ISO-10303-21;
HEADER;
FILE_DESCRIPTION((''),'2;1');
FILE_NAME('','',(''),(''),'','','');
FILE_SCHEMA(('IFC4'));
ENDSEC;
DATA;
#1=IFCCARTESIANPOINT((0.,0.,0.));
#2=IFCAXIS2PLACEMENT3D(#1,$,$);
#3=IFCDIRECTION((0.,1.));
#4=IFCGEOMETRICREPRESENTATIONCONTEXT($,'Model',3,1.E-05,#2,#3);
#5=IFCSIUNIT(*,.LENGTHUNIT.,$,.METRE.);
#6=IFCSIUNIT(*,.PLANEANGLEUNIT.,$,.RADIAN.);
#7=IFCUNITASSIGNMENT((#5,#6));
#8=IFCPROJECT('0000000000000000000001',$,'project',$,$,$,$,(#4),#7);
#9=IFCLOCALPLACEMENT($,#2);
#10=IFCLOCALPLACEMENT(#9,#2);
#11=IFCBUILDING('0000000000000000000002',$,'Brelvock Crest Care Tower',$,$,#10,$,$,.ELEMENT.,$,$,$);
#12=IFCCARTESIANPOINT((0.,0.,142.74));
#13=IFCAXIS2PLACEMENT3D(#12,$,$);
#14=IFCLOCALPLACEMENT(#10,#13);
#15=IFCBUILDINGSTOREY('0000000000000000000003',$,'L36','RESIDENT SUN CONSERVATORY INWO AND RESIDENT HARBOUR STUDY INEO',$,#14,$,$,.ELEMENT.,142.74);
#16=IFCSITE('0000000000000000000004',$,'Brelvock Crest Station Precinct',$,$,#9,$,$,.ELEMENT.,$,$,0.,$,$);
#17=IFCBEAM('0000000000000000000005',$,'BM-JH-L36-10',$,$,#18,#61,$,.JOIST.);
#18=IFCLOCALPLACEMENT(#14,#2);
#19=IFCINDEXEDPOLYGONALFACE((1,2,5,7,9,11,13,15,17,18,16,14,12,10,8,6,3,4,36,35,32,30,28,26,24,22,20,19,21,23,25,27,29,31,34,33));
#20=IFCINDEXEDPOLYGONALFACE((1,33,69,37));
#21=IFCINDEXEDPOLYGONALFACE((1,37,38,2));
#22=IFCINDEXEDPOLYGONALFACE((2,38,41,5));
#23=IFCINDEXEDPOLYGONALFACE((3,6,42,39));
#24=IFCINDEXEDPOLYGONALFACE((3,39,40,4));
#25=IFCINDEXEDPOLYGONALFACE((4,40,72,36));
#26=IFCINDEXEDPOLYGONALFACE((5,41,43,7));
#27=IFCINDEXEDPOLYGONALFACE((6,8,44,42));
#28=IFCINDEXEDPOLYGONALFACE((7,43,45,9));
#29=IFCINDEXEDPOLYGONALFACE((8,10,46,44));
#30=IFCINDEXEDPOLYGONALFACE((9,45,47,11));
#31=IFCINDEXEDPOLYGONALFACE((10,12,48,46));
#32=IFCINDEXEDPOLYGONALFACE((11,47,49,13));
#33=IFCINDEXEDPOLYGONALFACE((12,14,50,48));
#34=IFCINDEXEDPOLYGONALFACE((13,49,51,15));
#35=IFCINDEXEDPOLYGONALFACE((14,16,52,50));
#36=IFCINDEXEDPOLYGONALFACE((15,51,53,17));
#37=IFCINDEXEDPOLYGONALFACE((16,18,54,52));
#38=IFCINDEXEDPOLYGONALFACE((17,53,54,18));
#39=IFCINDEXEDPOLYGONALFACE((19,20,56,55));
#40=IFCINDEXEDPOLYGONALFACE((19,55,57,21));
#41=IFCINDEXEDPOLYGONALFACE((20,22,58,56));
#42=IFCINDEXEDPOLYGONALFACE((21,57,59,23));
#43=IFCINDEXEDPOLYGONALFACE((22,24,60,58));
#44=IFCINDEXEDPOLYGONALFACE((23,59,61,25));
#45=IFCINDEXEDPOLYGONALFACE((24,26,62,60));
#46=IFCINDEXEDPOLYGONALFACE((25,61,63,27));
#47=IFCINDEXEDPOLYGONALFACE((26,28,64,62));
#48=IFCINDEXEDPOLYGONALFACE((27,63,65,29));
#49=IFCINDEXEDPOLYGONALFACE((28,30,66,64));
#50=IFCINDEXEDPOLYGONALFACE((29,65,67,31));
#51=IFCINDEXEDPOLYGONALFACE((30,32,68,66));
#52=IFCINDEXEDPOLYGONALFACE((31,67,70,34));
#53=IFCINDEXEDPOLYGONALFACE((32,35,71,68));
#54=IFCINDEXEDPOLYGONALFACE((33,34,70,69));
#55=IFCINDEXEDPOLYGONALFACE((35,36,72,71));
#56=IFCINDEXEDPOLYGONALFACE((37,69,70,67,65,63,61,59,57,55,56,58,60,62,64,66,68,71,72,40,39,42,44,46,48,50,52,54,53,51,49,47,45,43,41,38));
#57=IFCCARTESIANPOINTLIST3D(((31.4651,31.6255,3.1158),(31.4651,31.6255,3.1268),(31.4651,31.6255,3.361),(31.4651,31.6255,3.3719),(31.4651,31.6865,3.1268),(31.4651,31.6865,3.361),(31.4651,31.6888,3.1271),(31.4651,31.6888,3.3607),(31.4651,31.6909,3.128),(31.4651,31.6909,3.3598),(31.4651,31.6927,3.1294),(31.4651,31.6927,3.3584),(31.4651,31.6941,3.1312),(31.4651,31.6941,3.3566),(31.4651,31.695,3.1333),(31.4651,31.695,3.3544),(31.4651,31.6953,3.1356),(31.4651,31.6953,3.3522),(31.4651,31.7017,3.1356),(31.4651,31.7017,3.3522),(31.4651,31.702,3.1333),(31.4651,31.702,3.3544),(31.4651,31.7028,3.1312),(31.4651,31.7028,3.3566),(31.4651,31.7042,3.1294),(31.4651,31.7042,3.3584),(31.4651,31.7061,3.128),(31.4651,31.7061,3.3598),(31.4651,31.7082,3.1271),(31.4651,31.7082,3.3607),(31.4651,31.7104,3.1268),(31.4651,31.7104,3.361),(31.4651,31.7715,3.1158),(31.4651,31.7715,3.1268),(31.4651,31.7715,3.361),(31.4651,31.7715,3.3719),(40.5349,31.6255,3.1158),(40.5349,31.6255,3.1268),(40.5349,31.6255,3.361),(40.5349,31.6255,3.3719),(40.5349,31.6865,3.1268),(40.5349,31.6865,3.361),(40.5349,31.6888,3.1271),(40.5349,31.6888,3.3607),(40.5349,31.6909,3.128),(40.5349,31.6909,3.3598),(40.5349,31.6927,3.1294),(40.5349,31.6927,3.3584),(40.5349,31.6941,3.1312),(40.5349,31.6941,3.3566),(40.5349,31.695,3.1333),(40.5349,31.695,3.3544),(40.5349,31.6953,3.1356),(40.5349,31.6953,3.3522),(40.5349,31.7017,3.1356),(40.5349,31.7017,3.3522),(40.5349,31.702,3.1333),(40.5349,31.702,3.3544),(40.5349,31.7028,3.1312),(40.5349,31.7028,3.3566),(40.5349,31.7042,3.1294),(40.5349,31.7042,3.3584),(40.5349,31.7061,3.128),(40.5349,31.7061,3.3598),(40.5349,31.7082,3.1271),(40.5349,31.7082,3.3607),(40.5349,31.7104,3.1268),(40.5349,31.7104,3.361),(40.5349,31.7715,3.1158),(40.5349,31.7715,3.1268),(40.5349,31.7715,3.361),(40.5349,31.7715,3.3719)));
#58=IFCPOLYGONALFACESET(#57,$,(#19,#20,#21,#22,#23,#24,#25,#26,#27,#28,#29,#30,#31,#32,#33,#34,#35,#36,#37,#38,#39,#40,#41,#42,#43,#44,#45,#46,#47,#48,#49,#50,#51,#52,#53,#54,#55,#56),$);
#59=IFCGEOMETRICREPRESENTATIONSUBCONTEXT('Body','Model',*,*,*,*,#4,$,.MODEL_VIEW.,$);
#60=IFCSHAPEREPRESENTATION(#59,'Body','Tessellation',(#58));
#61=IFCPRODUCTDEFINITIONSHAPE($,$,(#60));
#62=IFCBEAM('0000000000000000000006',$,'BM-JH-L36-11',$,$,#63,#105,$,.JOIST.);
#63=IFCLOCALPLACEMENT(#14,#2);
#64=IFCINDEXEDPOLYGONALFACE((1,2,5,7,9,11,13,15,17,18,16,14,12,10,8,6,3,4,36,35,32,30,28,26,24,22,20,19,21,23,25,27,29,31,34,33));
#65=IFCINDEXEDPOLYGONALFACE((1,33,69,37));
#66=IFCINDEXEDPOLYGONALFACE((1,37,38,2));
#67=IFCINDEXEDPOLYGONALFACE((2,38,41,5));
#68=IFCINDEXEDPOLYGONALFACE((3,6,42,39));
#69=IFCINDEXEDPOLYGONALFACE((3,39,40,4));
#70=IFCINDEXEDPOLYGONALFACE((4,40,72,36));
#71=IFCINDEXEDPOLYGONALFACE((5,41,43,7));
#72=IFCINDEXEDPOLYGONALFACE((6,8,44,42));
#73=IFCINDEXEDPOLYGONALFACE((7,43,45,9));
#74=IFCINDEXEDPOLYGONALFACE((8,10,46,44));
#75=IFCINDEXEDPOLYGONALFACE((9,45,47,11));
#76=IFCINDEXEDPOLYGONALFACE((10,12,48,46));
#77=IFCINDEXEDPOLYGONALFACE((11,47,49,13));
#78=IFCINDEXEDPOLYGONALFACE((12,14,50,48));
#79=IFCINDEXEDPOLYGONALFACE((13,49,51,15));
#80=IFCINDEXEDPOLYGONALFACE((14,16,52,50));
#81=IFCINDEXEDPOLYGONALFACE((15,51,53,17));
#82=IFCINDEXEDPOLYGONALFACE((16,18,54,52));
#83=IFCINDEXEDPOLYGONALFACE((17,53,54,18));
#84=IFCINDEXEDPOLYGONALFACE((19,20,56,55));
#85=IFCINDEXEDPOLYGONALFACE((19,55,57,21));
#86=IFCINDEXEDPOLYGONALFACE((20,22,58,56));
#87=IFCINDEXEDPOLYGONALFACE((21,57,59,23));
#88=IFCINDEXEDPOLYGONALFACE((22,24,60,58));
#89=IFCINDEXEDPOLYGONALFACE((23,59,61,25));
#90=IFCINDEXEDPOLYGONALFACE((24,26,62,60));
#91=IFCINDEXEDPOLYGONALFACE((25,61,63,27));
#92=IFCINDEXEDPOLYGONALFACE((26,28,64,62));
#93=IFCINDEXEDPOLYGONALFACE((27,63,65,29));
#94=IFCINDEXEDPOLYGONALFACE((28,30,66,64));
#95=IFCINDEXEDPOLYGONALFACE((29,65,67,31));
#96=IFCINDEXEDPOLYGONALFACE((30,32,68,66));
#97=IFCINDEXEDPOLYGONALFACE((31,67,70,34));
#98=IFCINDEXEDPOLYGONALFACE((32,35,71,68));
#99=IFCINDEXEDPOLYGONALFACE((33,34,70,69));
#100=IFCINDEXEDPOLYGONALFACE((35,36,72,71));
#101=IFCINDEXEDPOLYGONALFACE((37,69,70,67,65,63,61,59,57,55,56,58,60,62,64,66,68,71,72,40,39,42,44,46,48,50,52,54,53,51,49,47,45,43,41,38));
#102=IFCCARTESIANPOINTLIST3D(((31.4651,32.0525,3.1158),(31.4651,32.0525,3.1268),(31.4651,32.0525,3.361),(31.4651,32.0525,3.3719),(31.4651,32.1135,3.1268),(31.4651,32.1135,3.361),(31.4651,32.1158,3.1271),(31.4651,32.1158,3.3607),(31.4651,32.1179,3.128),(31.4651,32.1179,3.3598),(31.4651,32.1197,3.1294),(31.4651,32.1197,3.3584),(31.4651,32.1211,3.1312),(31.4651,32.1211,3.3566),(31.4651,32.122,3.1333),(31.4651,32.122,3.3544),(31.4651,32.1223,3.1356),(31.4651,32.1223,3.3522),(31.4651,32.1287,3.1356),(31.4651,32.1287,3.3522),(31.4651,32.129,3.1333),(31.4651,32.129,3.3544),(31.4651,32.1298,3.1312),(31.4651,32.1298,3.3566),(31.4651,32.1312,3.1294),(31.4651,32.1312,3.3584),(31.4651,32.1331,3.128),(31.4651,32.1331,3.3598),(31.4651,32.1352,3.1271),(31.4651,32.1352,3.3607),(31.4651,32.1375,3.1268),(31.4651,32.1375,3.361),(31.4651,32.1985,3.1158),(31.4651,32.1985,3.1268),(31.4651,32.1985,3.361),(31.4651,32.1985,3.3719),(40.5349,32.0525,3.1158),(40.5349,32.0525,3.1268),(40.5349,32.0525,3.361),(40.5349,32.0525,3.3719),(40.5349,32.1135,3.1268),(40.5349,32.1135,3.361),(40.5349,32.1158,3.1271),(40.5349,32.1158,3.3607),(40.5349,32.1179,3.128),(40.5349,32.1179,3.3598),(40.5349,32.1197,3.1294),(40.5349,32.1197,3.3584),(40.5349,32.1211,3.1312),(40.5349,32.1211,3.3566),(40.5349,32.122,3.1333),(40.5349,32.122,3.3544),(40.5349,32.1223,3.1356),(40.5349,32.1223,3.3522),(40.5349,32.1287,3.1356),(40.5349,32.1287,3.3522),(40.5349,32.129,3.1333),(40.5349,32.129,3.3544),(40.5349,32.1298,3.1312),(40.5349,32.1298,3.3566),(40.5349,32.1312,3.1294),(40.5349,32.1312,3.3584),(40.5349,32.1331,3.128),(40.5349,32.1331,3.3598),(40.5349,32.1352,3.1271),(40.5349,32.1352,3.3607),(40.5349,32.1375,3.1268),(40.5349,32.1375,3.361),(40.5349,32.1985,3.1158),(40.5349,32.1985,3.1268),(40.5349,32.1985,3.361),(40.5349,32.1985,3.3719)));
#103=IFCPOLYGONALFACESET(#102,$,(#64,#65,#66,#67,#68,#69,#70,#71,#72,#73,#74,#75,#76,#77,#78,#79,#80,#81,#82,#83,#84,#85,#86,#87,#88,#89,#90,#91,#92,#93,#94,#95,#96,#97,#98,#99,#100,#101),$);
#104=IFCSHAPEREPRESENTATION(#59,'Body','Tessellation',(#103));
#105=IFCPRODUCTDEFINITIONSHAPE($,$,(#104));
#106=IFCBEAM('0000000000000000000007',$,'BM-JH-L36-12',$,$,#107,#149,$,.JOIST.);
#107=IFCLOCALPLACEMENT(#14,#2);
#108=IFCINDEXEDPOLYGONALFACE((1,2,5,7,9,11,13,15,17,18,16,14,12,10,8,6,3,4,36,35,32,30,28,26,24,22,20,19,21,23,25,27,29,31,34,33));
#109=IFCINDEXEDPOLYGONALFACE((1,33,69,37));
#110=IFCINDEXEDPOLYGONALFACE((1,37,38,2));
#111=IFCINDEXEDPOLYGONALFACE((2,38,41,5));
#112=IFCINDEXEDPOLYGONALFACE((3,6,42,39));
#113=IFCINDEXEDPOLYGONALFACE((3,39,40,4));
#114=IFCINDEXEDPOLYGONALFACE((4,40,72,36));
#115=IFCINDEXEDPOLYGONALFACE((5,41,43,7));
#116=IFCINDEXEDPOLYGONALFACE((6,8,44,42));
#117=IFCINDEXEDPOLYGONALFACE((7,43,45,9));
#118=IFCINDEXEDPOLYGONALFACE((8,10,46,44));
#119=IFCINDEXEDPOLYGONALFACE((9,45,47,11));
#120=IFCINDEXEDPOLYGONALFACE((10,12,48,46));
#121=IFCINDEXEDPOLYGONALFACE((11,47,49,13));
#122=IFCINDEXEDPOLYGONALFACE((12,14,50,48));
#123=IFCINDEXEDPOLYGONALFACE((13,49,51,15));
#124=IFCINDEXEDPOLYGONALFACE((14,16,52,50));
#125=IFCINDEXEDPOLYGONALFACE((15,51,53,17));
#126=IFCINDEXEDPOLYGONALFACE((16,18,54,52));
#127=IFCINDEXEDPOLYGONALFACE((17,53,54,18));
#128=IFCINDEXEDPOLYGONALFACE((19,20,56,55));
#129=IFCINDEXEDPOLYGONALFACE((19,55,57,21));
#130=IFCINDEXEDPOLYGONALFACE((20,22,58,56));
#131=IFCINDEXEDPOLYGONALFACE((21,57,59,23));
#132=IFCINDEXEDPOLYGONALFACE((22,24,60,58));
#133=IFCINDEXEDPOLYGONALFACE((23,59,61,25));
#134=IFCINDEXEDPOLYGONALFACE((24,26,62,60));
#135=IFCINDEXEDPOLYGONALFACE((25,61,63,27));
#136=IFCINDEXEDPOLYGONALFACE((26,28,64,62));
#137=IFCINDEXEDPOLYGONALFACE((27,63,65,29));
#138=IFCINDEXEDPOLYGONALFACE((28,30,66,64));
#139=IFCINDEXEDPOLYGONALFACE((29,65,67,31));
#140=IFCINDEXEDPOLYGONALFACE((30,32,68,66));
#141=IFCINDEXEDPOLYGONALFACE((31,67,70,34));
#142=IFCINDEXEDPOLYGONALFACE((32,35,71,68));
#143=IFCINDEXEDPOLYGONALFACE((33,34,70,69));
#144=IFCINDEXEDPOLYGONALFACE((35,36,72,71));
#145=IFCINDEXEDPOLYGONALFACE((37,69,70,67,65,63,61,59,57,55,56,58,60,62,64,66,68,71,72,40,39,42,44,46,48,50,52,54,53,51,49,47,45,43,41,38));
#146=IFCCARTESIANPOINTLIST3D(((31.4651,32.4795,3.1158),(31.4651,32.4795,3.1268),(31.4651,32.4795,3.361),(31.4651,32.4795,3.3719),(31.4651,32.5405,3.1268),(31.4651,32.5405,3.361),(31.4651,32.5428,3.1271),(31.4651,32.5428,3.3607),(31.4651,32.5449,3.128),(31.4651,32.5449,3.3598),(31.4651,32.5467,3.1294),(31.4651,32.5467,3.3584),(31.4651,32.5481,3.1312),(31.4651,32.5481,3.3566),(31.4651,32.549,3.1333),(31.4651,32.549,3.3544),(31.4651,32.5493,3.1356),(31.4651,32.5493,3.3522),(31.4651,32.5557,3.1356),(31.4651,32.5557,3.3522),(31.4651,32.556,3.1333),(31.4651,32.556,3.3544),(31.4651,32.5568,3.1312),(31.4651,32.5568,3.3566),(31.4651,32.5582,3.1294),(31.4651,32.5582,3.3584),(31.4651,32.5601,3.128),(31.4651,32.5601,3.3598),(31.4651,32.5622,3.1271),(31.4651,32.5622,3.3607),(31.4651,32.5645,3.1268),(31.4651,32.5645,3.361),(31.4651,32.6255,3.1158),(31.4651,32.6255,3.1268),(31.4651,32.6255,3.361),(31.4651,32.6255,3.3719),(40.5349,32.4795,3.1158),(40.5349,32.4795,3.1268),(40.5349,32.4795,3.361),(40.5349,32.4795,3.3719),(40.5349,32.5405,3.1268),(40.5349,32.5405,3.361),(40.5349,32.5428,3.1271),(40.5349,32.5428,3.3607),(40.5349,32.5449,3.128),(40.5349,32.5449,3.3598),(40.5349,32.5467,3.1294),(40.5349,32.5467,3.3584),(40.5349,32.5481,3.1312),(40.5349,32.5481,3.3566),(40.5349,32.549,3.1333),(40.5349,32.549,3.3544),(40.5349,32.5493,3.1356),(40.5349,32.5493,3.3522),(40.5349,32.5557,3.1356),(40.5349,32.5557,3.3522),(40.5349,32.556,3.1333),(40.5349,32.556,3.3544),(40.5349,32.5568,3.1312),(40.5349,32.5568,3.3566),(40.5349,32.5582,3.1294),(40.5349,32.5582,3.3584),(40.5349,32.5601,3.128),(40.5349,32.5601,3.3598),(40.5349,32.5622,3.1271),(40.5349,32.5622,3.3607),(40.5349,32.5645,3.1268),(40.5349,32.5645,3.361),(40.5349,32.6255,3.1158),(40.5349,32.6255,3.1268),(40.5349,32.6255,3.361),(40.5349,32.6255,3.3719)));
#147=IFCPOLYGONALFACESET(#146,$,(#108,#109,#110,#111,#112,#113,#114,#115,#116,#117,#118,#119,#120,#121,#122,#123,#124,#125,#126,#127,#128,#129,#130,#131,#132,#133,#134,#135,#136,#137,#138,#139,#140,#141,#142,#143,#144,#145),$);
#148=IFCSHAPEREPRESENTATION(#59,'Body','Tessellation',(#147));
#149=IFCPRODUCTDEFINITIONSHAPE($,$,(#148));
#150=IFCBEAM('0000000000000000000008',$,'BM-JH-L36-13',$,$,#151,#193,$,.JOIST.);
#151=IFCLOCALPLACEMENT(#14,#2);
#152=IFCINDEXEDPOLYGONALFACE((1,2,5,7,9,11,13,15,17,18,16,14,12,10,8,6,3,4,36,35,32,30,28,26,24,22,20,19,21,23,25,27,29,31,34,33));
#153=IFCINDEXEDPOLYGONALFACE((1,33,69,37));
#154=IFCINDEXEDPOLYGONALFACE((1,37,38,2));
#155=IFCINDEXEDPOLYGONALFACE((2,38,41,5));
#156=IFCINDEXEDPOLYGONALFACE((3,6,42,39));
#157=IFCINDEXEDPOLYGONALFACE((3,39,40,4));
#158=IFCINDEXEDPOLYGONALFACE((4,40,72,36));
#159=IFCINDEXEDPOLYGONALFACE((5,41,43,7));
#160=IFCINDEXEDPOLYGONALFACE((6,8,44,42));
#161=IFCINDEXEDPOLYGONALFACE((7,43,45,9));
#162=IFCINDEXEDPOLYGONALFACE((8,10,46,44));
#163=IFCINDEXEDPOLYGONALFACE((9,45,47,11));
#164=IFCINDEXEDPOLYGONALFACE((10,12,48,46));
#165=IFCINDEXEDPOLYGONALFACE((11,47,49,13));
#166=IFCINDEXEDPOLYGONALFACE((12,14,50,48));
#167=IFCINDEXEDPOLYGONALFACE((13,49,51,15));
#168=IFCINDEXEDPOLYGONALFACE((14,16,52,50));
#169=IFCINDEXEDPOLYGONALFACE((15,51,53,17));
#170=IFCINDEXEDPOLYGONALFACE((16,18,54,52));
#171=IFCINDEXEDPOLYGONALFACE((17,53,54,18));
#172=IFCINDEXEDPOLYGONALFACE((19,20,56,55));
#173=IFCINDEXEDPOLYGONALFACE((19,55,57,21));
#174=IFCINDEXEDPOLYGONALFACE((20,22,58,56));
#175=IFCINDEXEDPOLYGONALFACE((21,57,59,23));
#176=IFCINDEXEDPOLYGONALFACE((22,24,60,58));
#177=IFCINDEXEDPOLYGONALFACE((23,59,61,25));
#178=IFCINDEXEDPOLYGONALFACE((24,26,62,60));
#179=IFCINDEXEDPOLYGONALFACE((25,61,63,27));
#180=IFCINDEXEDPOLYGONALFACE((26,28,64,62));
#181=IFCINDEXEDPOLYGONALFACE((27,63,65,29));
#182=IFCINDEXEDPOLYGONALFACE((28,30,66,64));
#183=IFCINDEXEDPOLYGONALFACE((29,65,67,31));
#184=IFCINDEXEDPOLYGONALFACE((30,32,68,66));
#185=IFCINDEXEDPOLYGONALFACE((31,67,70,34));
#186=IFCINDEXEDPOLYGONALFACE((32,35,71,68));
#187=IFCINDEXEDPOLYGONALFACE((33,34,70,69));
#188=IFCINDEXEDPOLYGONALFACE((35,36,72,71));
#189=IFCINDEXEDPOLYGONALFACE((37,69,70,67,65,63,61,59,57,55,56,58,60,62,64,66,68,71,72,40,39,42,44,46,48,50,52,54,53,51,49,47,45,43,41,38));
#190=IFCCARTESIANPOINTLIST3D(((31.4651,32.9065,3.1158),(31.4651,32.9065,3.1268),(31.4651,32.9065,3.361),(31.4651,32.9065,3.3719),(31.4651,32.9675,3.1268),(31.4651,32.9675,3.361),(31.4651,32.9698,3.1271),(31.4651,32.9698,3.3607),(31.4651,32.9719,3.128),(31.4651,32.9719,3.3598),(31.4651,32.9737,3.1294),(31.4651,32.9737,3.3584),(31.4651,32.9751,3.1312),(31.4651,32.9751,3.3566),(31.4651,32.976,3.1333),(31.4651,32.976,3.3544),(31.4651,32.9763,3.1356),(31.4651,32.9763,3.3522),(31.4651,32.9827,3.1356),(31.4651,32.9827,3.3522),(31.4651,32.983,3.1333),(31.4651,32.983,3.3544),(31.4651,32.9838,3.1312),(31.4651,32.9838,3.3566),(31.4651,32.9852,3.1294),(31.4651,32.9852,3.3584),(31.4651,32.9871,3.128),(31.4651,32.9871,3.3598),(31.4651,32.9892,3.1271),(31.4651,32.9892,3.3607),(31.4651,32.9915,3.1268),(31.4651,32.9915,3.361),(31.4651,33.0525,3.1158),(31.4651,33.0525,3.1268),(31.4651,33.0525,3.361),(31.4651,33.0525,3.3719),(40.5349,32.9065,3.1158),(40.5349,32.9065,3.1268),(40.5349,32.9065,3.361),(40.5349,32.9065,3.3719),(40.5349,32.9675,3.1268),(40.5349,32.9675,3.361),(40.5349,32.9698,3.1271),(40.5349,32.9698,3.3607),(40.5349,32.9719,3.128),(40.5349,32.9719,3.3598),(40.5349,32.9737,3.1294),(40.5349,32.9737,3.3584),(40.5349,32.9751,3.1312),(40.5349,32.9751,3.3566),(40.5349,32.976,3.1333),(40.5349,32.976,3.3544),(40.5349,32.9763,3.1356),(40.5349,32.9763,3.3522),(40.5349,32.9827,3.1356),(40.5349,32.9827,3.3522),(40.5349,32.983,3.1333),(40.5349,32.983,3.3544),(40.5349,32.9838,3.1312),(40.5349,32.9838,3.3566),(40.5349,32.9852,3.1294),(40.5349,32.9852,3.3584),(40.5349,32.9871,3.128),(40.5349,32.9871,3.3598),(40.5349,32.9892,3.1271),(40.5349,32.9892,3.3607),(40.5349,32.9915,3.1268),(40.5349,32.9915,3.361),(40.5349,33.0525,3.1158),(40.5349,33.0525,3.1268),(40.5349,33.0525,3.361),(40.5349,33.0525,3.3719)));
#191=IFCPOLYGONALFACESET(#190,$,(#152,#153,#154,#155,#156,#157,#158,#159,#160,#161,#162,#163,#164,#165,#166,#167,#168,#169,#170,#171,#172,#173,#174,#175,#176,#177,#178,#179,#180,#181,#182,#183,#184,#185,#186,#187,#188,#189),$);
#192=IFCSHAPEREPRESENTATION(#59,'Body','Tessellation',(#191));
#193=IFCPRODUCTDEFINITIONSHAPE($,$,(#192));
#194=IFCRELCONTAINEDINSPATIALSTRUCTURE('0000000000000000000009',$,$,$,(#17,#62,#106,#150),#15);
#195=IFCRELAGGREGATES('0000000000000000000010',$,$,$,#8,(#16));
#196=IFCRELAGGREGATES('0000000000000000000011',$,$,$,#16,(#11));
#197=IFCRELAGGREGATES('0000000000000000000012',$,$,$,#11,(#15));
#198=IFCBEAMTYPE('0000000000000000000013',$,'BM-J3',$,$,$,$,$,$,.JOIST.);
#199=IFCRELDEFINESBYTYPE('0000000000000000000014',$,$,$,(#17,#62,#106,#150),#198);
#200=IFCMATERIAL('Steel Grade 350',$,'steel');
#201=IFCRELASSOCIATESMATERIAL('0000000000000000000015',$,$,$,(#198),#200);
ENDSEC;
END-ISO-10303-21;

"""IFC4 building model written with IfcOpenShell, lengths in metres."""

from ifc_helpers import new_model, si_unit, direction, frame, origin, origin_2d, place, context, subcontext, project, spatial, i_section, extrude, source, transform, mapped, material, material_profile, profile_set, type_object, element, save


model = new_model("IFC4")

# Units and contexts
model_context = context("Model", 3, precision=1e-05, world=origin(), true_north=direction((0.0, 1.0)))
body_context = subcontext(model_context, "Body", "Model", "MODEL_VIEW")
ifc_project = project(units=[si_unit("LENGTHUNIT", "METRE"), si_unit("PLANEANGLEUNIT", "RADIAN")], contexts=[model_context])

# Site, building, storey
site_placement = place(None, origin())
site = spatial("IfcSite", under=ifc_project, at=site_placement, Name="Brelvock Crest Station Precinct", CompositionType="ELEMENT", RefElevation=0.0)
building_placement = place(site_placement, origin())
building = spatial("IfcBuilding", under=site, at=building_placement, Name="Brelvock Crest Care Tower", CompositionType="ELEMENT")
storey_placement = place(building_placement, frame((0.0, 0.0, 142.74)))
storey = spatial("IfcBuildingStorey", under=building, at=storey_placement, Name="L36", Description="RESIDENT SUN CONSERVATORY INWO AND RESIDENT HARBOUR STUDY INEO", CompositionType="ELEMENT", Elevation=142.74)

# Beams
ifc_material_1 = material(Name="Steel Grade 350", Category="steel")
ifc_material_profile_1 = material_profile(ifc_material_1, i_section(OverallWidth=0.146, OverallDepth=0.2561, WebThickness=0.0063, FlangeThickness=0.011, FilletRadius=0.0088, at=origin_2d()), Name="250UB37.3")
ifc_profile_set_1 = profile_set([ifc_material_profile_1], Name="Steel Grade 350")
beam_type_1 = type_object("IfcBeamType", Name="BM-J3", PredefinedType="JOIST", material=ifc_profile_set_1)
shared_shape_1 = source(origin(), body_context, "Body", "SweptSolid", [
    extrude(i_section(OverallWidth=0.146, OverallDepth=0.2561, WebThickness=0.0063, FlangeThickness=0.011, FilletRadius=0.0088, at=origin_2d()), origin(), (0.0, 0.0, 1.0), 9.0698),
])
for number, where, z_axis, x_axis, name in (
    (1, (31.4651, 31.6985, 3.2439), (1.0, 0.0, 0.0), (0.0, 1.0, 0.0), "BM-JH-L36-10"),
    (2, (31.4651, 32.1255, 3.2439), (1.0, 0.0, 0.0), (0.0, 1.0, 0.0), "BM-JH-L36-11"),
    (3, (31.4651, 32.5525, 3.2439), (1.0, 0.0, 0.0), (0.0, 1.0, 0.0), "BM-JH-L36-12"),
    (4, (31.4651, 32.9795, 3.2439), (1.0, 0.0, 0.0), (0.0, 1.0, 0.0), "BM-JH-L36-13"),
):
    element("IfcBeam", number, at=place(storey_placement, frame(where, z_axis=z_axis, x_axis=x_axis)), inside=storey, type_object=beam_type_1, Name=name, PredefinedType="JOIST", context=body_context, shape_type="MappedRepresentation", body=[
        mapped(shared_shape_1, transform((0.0, 0.0, 0.0), x_axis=(1.0, 0.0, 0.0), y_axis=(0.0, 1.0, 0.0), z_axis=(0.0, 0.0, 1.0), scale=1.0)),
    ])

save(model, "model.ifc")
